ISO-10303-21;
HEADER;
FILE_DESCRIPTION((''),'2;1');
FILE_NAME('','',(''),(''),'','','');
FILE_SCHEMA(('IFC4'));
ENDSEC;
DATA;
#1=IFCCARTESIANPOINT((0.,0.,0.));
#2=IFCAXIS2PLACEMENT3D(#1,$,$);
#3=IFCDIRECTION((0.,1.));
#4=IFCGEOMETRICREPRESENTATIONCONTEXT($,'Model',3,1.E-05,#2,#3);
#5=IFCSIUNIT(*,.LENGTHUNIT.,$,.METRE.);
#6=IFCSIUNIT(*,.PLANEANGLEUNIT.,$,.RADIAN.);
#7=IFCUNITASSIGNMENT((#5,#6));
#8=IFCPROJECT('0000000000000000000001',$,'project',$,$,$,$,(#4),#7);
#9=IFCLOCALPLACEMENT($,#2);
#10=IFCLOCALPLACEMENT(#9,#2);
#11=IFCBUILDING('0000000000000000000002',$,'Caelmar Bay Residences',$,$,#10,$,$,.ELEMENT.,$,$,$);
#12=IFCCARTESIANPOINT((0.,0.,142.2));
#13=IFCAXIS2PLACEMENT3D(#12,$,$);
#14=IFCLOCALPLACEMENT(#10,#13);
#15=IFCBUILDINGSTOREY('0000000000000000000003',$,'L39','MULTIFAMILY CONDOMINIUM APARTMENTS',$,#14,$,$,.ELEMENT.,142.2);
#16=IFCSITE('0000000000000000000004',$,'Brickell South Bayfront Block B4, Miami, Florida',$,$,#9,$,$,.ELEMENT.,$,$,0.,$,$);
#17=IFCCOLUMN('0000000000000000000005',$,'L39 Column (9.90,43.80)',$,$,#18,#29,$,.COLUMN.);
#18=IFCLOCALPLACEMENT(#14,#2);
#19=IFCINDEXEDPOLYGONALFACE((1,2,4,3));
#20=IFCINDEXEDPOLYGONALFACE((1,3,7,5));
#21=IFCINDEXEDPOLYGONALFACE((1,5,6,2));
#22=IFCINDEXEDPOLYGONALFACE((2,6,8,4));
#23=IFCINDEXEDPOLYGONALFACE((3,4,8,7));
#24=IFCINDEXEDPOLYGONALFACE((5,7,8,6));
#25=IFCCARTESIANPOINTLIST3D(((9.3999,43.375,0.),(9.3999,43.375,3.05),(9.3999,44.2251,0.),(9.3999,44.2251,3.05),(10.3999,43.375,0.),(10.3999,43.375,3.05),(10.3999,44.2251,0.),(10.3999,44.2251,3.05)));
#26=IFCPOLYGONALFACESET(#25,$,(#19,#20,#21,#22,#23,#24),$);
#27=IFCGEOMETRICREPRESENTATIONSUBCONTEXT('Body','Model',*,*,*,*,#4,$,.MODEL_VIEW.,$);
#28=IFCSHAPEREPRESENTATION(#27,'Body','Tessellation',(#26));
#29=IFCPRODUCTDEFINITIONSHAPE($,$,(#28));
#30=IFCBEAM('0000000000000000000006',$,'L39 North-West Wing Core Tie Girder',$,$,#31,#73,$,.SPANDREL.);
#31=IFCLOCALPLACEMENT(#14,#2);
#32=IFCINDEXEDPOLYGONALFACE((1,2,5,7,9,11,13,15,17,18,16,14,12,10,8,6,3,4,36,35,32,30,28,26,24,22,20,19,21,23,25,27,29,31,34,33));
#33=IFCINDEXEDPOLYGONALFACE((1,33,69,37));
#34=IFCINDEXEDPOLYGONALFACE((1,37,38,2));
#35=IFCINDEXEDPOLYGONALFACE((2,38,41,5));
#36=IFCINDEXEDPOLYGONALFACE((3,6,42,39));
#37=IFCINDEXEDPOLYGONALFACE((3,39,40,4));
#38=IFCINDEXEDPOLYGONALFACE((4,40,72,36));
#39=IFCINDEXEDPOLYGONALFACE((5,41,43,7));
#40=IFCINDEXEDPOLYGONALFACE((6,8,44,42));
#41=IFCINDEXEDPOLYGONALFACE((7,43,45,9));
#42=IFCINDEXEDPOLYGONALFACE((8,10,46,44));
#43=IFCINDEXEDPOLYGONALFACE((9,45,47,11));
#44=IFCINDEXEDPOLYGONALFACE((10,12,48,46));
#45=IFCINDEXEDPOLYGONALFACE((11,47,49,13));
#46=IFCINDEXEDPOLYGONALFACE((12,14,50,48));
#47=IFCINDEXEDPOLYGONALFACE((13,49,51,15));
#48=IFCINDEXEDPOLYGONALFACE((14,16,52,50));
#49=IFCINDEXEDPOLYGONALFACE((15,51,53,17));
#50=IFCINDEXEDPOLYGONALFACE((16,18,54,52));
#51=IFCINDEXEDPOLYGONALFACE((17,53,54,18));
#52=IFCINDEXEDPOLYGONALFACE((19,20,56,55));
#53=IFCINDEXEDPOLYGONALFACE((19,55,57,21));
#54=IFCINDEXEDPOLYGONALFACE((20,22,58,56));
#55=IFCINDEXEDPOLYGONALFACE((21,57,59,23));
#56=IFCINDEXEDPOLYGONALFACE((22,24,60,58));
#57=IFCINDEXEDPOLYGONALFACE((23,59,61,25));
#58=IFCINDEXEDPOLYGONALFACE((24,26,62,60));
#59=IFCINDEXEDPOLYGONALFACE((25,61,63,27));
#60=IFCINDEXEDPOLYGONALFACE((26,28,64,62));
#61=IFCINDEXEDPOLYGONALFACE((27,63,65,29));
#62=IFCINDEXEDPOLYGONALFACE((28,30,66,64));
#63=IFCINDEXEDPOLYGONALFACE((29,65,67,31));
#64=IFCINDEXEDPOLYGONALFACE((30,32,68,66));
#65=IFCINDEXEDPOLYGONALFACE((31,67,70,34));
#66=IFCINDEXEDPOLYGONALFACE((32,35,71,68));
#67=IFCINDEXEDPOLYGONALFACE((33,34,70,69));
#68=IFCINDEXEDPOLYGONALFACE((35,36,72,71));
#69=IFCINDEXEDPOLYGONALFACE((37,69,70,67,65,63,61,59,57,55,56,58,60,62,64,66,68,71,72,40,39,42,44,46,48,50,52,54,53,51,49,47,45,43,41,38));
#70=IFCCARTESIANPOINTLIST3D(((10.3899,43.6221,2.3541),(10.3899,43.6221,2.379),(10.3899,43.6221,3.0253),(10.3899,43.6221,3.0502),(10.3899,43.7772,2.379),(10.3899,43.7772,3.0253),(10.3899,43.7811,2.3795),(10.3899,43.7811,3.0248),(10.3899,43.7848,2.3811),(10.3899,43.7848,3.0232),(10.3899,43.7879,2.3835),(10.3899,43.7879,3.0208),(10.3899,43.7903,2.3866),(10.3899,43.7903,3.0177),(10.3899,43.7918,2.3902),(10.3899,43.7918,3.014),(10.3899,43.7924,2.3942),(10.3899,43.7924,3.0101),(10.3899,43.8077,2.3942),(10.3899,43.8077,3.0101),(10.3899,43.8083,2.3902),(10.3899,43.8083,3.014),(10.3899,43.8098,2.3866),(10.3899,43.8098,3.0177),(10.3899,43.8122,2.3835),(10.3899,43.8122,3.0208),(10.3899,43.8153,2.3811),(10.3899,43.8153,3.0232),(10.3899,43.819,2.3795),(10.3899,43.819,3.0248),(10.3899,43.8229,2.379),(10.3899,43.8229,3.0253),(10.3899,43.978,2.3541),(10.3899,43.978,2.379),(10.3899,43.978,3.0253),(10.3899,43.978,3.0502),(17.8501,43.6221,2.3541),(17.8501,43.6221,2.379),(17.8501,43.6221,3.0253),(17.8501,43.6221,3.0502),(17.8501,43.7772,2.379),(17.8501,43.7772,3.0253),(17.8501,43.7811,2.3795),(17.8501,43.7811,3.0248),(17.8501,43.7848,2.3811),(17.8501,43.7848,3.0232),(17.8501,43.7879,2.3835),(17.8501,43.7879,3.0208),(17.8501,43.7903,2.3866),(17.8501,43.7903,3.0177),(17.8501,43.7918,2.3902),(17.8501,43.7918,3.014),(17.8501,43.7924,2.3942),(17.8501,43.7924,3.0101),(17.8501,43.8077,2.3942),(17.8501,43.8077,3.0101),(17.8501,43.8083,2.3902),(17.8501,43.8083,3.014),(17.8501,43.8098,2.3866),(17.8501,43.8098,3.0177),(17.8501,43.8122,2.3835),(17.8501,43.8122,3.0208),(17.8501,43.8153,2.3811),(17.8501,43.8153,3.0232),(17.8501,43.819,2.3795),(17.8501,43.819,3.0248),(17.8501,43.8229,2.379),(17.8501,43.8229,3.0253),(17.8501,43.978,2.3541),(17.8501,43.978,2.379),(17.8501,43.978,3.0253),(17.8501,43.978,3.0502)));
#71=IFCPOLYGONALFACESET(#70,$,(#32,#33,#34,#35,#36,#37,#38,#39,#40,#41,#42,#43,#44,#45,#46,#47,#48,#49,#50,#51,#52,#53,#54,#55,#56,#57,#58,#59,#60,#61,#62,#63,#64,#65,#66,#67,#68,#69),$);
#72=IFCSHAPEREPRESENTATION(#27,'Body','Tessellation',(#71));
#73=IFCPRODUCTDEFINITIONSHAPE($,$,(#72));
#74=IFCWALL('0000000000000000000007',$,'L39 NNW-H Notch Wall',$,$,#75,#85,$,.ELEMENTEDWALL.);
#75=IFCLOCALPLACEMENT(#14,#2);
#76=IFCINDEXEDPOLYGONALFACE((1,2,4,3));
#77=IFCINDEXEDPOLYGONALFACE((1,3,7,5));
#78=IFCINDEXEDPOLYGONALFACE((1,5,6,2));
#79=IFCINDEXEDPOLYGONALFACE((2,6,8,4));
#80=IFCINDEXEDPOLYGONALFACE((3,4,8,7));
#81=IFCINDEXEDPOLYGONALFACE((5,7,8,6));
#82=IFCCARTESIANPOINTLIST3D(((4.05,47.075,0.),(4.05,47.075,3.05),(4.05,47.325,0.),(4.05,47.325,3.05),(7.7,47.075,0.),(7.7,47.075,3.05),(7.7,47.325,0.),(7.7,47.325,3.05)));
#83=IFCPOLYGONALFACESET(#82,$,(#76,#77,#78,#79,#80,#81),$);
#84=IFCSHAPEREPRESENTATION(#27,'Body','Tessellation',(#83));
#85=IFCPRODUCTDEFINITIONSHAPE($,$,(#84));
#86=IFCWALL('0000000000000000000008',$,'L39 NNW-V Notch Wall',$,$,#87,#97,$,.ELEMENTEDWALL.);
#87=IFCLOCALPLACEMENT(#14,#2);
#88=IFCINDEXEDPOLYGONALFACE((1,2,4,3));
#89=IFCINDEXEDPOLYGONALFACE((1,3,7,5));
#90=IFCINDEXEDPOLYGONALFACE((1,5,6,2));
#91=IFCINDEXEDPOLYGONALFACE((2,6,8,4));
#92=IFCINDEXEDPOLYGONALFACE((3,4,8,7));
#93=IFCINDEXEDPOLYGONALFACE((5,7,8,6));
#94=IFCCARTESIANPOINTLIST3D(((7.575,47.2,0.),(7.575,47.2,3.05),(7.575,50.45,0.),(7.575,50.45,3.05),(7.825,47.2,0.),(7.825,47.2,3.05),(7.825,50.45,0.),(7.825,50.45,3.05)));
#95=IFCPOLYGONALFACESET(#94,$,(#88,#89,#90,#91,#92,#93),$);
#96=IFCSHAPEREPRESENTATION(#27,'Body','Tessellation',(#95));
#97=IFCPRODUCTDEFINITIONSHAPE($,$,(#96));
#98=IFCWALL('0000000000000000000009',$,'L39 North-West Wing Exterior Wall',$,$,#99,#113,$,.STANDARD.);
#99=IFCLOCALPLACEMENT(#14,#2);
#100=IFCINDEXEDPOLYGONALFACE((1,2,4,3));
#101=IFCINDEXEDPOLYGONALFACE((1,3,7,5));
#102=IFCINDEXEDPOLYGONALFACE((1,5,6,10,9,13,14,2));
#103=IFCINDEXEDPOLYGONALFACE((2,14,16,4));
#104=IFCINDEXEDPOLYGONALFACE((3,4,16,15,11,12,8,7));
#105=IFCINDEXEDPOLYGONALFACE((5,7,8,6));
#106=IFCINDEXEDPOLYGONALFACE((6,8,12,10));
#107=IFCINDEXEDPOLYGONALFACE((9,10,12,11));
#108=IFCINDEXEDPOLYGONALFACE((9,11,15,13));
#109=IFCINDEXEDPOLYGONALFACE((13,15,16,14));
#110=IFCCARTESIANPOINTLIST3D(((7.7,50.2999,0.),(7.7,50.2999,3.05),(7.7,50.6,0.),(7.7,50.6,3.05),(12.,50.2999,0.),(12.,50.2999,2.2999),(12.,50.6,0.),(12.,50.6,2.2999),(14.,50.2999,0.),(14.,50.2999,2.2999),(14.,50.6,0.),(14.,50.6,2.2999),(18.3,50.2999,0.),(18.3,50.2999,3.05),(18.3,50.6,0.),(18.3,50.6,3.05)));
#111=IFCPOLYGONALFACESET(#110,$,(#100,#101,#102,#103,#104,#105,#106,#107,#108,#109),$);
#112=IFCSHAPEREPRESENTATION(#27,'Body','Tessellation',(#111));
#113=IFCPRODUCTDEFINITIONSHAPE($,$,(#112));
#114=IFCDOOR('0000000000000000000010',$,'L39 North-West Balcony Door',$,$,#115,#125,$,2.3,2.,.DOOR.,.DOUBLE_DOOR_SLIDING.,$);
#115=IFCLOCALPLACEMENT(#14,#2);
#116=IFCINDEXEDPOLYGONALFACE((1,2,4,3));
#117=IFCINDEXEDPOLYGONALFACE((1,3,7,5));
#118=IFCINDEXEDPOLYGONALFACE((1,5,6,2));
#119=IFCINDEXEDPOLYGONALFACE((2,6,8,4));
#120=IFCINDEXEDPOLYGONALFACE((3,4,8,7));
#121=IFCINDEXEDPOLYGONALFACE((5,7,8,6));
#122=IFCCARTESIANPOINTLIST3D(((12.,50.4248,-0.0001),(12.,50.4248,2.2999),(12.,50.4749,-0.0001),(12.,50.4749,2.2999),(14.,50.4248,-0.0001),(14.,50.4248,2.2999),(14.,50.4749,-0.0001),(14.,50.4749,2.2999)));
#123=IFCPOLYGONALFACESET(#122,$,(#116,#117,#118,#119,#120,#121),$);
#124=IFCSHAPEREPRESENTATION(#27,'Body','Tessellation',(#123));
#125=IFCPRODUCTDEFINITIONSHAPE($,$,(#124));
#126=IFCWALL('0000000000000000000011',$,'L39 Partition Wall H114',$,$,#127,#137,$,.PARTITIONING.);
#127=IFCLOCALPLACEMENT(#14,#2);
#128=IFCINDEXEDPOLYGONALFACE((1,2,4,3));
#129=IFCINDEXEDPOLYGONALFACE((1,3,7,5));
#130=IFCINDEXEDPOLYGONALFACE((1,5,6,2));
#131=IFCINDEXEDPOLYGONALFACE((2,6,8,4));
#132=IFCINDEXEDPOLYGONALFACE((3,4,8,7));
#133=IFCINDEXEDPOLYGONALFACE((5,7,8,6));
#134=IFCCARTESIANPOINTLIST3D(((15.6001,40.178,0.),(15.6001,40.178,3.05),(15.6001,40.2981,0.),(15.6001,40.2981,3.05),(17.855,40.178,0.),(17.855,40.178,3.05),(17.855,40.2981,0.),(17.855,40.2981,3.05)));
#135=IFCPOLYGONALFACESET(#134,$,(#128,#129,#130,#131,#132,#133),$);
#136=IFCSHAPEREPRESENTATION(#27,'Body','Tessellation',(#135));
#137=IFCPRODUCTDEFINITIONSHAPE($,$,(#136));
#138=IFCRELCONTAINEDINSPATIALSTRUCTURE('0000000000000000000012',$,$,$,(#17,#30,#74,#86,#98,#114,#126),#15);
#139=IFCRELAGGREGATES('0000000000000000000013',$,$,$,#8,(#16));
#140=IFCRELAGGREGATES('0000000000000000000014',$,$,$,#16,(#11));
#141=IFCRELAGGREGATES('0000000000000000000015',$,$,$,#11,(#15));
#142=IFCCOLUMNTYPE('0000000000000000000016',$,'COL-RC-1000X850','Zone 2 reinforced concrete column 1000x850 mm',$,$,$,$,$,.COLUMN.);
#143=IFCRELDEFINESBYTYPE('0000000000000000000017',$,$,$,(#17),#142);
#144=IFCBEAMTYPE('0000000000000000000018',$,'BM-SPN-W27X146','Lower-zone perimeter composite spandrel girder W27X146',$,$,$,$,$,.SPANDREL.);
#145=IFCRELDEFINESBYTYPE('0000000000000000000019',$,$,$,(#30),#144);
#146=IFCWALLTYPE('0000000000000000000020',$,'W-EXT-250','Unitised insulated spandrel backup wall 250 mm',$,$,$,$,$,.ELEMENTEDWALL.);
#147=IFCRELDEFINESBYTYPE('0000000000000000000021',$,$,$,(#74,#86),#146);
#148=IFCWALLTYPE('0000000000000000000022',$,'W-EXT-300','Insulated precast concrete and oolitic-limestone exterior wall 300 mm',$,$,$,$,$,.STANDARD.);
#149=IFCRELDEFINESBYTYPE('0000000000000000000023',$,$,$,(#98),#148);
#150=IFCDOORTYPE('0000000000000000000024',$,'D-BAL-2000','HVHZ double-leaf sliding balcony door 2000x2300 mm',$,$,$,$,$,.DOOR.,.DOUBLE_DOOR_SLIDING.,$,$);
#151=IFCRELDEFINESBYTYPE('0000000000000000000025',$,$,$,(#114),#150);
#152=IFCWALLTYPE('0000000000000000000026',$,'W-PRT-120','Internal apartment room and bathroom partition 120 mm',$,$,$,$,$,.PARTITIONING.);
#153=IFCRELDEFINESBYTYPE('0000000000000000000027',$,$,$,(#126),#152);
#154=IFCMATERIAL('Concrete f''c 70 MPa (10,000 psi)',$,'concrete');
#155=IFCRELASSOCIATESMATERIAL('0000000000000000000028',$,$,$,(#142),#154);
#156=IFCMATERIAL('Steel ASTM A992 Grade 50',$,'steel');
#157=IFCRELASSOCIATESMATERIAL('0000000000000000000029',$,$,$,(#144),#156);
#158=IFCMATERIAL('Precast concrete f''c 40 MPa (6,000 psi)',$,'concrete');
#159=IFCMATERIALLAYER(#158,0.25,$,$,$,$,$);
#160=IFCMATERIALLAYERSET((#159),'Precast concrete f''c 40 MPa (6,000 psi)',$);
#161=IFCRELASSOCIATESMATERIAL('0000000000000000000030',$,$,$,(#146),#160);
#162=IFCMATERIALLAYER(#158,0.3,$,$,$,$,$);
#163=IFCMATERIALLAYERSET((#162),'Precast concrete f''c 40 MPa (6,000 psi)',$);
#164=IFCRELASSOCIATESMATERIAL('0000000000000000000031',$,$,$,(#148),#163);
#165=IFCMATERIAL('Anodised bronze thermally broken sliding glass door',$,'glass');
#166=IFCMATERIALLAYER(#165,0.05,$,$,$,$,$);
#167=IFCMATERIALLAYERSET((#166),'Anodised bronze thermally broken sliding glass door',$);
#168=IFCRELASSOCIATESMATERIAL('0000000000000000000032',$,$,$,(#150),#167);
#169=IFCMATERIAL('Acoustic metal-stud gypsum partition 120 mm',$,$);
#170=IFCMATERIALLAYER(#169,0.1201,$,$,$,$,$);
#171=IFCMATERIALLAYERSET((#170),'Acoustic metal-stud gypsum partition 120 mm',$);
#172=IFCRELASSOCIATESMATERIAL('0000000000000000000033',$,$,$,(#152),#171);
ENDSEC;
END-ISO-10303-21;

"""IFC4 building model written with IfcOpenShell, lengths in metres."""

from ifc_helpers import new_model, si_unit, direction, frame, frame_2d, origin, origin_2d, place, context, subcontext, project, spatial, rectangle, i_section, extrude, material, layer, layer_set, material_profile, profile_set, type_object, element, fill, save


model = new_model("IFC4")

# Units and contexts
model_context = context("Model", 3, precision=1e-05, world=origin(), true_north=direction((0.0, 1.0)))
body_context = subcontext(model_context, "Body", "Model", "MODEL_VIEW")
ifc_project = project(units=[si_unit("LENGTHUNIT", "METRE"), si_unit("PLANEANGLEUNIT", "RADIAN")], contexts=[model_context])

# Site, building, storey
site_placement = place(None, origin())
site = spatial("IfcSite", under=ifc_project, at=site_placement, Name="Brickell South Bayfront Block B4, Miami, Florida", CompositionType="ELEMENT", RefElevation=0.0)
building_placement = place(site_placement, origin())
building = spatial("IfcBuilding", under=site, at=building_placement, Name="Caelmar Bay Residences", CompositionType="ELEMENT")
storey_placement = place(building_placement, frame((0.0, 0.0, 142.2)))
storey = spatial("IfcBuildingStorey", under=building, at=storey_placement, Name="L39", Description="MULTIFAMILY CONDOMINIUM APARTMENTS", CompositionType="ELEMENT", Elevation=142.2)

# Column
ifc_material_1 = material(Name="Concrete f'c 70 MPa (10,000 psi)", Category="concrete")
ifc_material_profile_1 = material_profile(ifc_material_1, rectangle(XDim=1.0, YDim=0.8501, at=origin_2d()), Name="RC-COL-1000X850")
ifc_profile_set_1 = profile_set([ifc_material_profile_1], Name="Concrete f'c 70 MPa (10,000 psi)")
column_type = type_object("IfcColumnType", Name="COL-RC-1000X850", Description="Zone 2 reinforced concrete column 1000x850 mm", PredefinedType="COLUMN", material=ifc_profile_set_1)
column_placement = place(storey_placement, frame((9.8999, 43.8, 0.0), z_axis=(0.0, 0.0, 1.0), x_axis=(1.0, 0.0, 0.0)))
element("IfcColumn", 1, at=column_placement, inside=storey, type_object=column_type, Name="L39 Column (9.90,43.80)", PredefinedType="COLUMN", context=body_context, shape_type="SweptSolid", body=[
    extrude(rectangle(XDim=1.0, YDim=0.8501, at=origin_2d()), origin(), (0.0, 0.0, 1.0), 3.05),
])

# Beam
ifc_material_2 = material(Name="Steel ASTM A992 Grade 50", Category="steel")
ifc_material_profile_2 = material_profile(ifc_material_2, i_section(OverallWidth=0.356, OverallDepth=0.696, WebThickness=0.0154, FlangeThickness=0.0249, FilletRadius=0.0151, at=origin_2d()), Name="W27X146")
ifc_profile_set_2 = profile_set([ifc_material_profile_2], Name="Steel ASTM A992 Grade 50")
beam_type = type_object("IfcBeamType", Name="BM-SPN-W27X146", Description="Lower-zone perimeter composite spandrel girder W27X146", PredefinedType="SPANDREL", material=ifc_profile_set_2)
beam_placement = place(storey_placement, frame((10.3899, 43.8, 2.7021), z_axis=(1.0, 0.0, 0.0), x_axis=(0.0, 1.0, 0.0)))
element("IfcBeam", 2, at=beam_placement, inside=storey, type_object=beam_type, Name="L39 North-West Wing Core Tie Girder", PredefinedType="SPANDREL", context=body_context, shape_type="SweptSolid", body=[
    extrude(i_section(OverallWidth=0.356, OverallDepth=0.696, WebThickness=0.0154, FlangeThickness=0.0249, FilletRadius=0.0151, at=origin_2d()), origin(), (0.0, 0.0, 1.0), 7.4602),
])

# Walls
ifc_material_3 = material(Name="Precast concrete f'c 40 MPa (6,000 psi)", Category="concrete")
ifc_layer_1 = layer(ifc_material_3, 0.25)
ifc_layer_set_1 = layer_set([ifc_layer_1], Name="Precast concrete f'c 40 MPa (6,000 psi)")
wall_type_1 = type_object("IfcWallType", Name="W-EXT-250", Description="Unitised insulated spandrel backup wall 250 mm", PredefinedType="ELEMENTEDWALL", material=ifc_layer_set_1)
wall_1_placement = place(storey_placement, frame((4.05, 47.2, 0.0), z_axis=(0.0, 0.0, 1.0), x_axis=(1.0, 0.0, 0.0)))
element("IfcWall", 3, at=wall_1_placement, inside=storey, type_object=wall_type_1, Name="L39 NNW-H Notch Wall", PredefinedType="ELEMENTEDWALL", context=body_context, shape_type="SweptSolid", body=[
    extrude(rectangle(XDim=3.6499, YDim=0.25, at=frame_2d((1.825, 0.0))), origin(), (0.0, 0.0, 1.0), 3.05),
])
wall_2_placement = place(storey_placement, frame((7.7, 47.2, 0.0), z_axis=(0.0, 0.0, 1.0), x_axis=(0.0, 1.0, 0.0)))
element("IfcWall", 4, at=wall_2_placement, inside=storey, type_object=wall_type_1, Name="L39 NNW-V Notch Wall", PredefinedType="ELEMENTEDWALL", context=body_context, shape_type="SweptSolid", body=[
    extrude(rectangle(XDim=3.25, YDim=0.25, at=frame_2d((1.625, 0.0))), origin(), (0.0, 0.0, 1.0), 3.05),
])

# Wall, opening, door
ifc_layer_2 = layer(ifc_material_3, 0.3)
ifc_layer_set_2 = layer_set([ifc_layer_2], Name="Precast concrete f'c 40 MPa (6,000 psi)")
wall_type_2 = type_object("IfcWallType", Name="W-EXT-300", Description="Insulated precast concrete and oolitic-limestone exterior wall 300 mm", PredefinedType="STANDARD", material=ifc_layer_set_2)
wall_3_placement = place(storey_placement, frame((7.7, 50.45, 0.0), z_axis=(0.0, 0.0, 1.0), x_axis=(1.0, 0.0, 0.0)))
wall_3 = element("IfcWall", 5, at=wall_3_placement, inside=storey, type_object=wall_type_2, Name="L39 North-West Wing Exterior Wall", PredefinedType="STANDARD", context=body_context, shape_type="SweptSolid", body=[
    extrude(rectangle(XDim=10.6001, YDim=0.3, at=frame_2d((5.3, 0.0))), origin(), (0.0, 0.0, 1.0), 3.05),
])
opening_1_placement = place(wall_3_placement, frame((4.3, 0.0, 0.0)))
opening_1 = element("IfcOpeningElement", 6, at=opening_1_placement, cuts=wall_3, PredefinedType="OPENING", context=body_context, shape_type="SweptSolid", body=[
    extrude(rectangle(XDim=2.0, YDim=2.3, at=frame_2d((1.0, 1.1499))), frame((0.0, 0.1599, 0.0), z_axis=(0.0, -1.0, 0.0), x_axis=(1.0, 0.0, 0.0)), (0.0, 0.0, 1.0), 0.3201),
])
ifc_material_4 = material(Name="Anodised bronze thermally broken sliding glass door", Category="glass")
ifc_layer_3 = layer(ifc_material_4, 0.05)
ifc_layer_set_3 = layer_set([ifc_layer_3], Name="Anodised bronze thermally broken sliding glass door")
door_type_1 = type_object("IfcDoorType", Name="D-BAL-2000", Description="HVHZ double-leaf sliding balcony door 2000x2300 mm", OperationType="DOUBLE_DOOR_SLIDING", PredefinedType="DOOR", material=ifc_layer_set_3)
door_1_placement = place(opening_1_placement, origin())
door_1 = element("IfcDoor", 7, at=door_1_placement, inside=storey, type_object=door_type_1, Name="L39 North-West Balcony Door", OperationType="DOUBLE_DOOR_SLIDING", OverallHeight=2.3, OverallWidth=2.0, PredefinedType="DOOR", context=body_context, shape_type="SweptSolid", body=[
    extrude(rectangle(XDim=2.0, YDim=2.3, at=frame_2d((1.0, 1.1499))), frame((0.0, 0.0249, 0.0), z_axis=(0.0, -1.0, 0.0), x_axis=(1.0, 0.0, 0.0)), (0.0, 0.0, 1.0), 0.05),
])
fill(opening_1, door_1)
ifc_material_5 = material(Name="Acoustic metal-stud gypsum partition 120 mm")
ifc_layer_4 = layer(ifc_material_5, 0.1201)
ifc_layer_set_4 = layer_set([ifc_layer_4], Name="Acoustic metal-stud gypsum partition 120 mm")
wall_type_3 = type_object("IfcWallType", Name="W-PRT-120", Description="Internal apartment room and bathroom partition 120 mm", PredefinedType="PARTITIONING", material=ifc_layer_set_4)

# Wall
wall_4_placement = place(storey_placement, frame((15.6001, 40.238, 0.0), z_axis=(0.0, 0.0, 1.0), x_axis=(1.0, 0.0, 0.0)))
element("IfcWall", 8, at=wall_4_placement, inside=storey, type_object=wall_type_3, Name="L39 Partition Wall H114", PredefinedType="PARTITIONING", context=body_context, shape_type="SweptSolid", body=[
    extrude(rectangle(XDim=2.2549, YDim=0.1201, at=frame_2d((1.1274, 0.0))), origin(), (0.0, 0.0, 1.0), 3.05),
])

save(model, "model.ifc")
